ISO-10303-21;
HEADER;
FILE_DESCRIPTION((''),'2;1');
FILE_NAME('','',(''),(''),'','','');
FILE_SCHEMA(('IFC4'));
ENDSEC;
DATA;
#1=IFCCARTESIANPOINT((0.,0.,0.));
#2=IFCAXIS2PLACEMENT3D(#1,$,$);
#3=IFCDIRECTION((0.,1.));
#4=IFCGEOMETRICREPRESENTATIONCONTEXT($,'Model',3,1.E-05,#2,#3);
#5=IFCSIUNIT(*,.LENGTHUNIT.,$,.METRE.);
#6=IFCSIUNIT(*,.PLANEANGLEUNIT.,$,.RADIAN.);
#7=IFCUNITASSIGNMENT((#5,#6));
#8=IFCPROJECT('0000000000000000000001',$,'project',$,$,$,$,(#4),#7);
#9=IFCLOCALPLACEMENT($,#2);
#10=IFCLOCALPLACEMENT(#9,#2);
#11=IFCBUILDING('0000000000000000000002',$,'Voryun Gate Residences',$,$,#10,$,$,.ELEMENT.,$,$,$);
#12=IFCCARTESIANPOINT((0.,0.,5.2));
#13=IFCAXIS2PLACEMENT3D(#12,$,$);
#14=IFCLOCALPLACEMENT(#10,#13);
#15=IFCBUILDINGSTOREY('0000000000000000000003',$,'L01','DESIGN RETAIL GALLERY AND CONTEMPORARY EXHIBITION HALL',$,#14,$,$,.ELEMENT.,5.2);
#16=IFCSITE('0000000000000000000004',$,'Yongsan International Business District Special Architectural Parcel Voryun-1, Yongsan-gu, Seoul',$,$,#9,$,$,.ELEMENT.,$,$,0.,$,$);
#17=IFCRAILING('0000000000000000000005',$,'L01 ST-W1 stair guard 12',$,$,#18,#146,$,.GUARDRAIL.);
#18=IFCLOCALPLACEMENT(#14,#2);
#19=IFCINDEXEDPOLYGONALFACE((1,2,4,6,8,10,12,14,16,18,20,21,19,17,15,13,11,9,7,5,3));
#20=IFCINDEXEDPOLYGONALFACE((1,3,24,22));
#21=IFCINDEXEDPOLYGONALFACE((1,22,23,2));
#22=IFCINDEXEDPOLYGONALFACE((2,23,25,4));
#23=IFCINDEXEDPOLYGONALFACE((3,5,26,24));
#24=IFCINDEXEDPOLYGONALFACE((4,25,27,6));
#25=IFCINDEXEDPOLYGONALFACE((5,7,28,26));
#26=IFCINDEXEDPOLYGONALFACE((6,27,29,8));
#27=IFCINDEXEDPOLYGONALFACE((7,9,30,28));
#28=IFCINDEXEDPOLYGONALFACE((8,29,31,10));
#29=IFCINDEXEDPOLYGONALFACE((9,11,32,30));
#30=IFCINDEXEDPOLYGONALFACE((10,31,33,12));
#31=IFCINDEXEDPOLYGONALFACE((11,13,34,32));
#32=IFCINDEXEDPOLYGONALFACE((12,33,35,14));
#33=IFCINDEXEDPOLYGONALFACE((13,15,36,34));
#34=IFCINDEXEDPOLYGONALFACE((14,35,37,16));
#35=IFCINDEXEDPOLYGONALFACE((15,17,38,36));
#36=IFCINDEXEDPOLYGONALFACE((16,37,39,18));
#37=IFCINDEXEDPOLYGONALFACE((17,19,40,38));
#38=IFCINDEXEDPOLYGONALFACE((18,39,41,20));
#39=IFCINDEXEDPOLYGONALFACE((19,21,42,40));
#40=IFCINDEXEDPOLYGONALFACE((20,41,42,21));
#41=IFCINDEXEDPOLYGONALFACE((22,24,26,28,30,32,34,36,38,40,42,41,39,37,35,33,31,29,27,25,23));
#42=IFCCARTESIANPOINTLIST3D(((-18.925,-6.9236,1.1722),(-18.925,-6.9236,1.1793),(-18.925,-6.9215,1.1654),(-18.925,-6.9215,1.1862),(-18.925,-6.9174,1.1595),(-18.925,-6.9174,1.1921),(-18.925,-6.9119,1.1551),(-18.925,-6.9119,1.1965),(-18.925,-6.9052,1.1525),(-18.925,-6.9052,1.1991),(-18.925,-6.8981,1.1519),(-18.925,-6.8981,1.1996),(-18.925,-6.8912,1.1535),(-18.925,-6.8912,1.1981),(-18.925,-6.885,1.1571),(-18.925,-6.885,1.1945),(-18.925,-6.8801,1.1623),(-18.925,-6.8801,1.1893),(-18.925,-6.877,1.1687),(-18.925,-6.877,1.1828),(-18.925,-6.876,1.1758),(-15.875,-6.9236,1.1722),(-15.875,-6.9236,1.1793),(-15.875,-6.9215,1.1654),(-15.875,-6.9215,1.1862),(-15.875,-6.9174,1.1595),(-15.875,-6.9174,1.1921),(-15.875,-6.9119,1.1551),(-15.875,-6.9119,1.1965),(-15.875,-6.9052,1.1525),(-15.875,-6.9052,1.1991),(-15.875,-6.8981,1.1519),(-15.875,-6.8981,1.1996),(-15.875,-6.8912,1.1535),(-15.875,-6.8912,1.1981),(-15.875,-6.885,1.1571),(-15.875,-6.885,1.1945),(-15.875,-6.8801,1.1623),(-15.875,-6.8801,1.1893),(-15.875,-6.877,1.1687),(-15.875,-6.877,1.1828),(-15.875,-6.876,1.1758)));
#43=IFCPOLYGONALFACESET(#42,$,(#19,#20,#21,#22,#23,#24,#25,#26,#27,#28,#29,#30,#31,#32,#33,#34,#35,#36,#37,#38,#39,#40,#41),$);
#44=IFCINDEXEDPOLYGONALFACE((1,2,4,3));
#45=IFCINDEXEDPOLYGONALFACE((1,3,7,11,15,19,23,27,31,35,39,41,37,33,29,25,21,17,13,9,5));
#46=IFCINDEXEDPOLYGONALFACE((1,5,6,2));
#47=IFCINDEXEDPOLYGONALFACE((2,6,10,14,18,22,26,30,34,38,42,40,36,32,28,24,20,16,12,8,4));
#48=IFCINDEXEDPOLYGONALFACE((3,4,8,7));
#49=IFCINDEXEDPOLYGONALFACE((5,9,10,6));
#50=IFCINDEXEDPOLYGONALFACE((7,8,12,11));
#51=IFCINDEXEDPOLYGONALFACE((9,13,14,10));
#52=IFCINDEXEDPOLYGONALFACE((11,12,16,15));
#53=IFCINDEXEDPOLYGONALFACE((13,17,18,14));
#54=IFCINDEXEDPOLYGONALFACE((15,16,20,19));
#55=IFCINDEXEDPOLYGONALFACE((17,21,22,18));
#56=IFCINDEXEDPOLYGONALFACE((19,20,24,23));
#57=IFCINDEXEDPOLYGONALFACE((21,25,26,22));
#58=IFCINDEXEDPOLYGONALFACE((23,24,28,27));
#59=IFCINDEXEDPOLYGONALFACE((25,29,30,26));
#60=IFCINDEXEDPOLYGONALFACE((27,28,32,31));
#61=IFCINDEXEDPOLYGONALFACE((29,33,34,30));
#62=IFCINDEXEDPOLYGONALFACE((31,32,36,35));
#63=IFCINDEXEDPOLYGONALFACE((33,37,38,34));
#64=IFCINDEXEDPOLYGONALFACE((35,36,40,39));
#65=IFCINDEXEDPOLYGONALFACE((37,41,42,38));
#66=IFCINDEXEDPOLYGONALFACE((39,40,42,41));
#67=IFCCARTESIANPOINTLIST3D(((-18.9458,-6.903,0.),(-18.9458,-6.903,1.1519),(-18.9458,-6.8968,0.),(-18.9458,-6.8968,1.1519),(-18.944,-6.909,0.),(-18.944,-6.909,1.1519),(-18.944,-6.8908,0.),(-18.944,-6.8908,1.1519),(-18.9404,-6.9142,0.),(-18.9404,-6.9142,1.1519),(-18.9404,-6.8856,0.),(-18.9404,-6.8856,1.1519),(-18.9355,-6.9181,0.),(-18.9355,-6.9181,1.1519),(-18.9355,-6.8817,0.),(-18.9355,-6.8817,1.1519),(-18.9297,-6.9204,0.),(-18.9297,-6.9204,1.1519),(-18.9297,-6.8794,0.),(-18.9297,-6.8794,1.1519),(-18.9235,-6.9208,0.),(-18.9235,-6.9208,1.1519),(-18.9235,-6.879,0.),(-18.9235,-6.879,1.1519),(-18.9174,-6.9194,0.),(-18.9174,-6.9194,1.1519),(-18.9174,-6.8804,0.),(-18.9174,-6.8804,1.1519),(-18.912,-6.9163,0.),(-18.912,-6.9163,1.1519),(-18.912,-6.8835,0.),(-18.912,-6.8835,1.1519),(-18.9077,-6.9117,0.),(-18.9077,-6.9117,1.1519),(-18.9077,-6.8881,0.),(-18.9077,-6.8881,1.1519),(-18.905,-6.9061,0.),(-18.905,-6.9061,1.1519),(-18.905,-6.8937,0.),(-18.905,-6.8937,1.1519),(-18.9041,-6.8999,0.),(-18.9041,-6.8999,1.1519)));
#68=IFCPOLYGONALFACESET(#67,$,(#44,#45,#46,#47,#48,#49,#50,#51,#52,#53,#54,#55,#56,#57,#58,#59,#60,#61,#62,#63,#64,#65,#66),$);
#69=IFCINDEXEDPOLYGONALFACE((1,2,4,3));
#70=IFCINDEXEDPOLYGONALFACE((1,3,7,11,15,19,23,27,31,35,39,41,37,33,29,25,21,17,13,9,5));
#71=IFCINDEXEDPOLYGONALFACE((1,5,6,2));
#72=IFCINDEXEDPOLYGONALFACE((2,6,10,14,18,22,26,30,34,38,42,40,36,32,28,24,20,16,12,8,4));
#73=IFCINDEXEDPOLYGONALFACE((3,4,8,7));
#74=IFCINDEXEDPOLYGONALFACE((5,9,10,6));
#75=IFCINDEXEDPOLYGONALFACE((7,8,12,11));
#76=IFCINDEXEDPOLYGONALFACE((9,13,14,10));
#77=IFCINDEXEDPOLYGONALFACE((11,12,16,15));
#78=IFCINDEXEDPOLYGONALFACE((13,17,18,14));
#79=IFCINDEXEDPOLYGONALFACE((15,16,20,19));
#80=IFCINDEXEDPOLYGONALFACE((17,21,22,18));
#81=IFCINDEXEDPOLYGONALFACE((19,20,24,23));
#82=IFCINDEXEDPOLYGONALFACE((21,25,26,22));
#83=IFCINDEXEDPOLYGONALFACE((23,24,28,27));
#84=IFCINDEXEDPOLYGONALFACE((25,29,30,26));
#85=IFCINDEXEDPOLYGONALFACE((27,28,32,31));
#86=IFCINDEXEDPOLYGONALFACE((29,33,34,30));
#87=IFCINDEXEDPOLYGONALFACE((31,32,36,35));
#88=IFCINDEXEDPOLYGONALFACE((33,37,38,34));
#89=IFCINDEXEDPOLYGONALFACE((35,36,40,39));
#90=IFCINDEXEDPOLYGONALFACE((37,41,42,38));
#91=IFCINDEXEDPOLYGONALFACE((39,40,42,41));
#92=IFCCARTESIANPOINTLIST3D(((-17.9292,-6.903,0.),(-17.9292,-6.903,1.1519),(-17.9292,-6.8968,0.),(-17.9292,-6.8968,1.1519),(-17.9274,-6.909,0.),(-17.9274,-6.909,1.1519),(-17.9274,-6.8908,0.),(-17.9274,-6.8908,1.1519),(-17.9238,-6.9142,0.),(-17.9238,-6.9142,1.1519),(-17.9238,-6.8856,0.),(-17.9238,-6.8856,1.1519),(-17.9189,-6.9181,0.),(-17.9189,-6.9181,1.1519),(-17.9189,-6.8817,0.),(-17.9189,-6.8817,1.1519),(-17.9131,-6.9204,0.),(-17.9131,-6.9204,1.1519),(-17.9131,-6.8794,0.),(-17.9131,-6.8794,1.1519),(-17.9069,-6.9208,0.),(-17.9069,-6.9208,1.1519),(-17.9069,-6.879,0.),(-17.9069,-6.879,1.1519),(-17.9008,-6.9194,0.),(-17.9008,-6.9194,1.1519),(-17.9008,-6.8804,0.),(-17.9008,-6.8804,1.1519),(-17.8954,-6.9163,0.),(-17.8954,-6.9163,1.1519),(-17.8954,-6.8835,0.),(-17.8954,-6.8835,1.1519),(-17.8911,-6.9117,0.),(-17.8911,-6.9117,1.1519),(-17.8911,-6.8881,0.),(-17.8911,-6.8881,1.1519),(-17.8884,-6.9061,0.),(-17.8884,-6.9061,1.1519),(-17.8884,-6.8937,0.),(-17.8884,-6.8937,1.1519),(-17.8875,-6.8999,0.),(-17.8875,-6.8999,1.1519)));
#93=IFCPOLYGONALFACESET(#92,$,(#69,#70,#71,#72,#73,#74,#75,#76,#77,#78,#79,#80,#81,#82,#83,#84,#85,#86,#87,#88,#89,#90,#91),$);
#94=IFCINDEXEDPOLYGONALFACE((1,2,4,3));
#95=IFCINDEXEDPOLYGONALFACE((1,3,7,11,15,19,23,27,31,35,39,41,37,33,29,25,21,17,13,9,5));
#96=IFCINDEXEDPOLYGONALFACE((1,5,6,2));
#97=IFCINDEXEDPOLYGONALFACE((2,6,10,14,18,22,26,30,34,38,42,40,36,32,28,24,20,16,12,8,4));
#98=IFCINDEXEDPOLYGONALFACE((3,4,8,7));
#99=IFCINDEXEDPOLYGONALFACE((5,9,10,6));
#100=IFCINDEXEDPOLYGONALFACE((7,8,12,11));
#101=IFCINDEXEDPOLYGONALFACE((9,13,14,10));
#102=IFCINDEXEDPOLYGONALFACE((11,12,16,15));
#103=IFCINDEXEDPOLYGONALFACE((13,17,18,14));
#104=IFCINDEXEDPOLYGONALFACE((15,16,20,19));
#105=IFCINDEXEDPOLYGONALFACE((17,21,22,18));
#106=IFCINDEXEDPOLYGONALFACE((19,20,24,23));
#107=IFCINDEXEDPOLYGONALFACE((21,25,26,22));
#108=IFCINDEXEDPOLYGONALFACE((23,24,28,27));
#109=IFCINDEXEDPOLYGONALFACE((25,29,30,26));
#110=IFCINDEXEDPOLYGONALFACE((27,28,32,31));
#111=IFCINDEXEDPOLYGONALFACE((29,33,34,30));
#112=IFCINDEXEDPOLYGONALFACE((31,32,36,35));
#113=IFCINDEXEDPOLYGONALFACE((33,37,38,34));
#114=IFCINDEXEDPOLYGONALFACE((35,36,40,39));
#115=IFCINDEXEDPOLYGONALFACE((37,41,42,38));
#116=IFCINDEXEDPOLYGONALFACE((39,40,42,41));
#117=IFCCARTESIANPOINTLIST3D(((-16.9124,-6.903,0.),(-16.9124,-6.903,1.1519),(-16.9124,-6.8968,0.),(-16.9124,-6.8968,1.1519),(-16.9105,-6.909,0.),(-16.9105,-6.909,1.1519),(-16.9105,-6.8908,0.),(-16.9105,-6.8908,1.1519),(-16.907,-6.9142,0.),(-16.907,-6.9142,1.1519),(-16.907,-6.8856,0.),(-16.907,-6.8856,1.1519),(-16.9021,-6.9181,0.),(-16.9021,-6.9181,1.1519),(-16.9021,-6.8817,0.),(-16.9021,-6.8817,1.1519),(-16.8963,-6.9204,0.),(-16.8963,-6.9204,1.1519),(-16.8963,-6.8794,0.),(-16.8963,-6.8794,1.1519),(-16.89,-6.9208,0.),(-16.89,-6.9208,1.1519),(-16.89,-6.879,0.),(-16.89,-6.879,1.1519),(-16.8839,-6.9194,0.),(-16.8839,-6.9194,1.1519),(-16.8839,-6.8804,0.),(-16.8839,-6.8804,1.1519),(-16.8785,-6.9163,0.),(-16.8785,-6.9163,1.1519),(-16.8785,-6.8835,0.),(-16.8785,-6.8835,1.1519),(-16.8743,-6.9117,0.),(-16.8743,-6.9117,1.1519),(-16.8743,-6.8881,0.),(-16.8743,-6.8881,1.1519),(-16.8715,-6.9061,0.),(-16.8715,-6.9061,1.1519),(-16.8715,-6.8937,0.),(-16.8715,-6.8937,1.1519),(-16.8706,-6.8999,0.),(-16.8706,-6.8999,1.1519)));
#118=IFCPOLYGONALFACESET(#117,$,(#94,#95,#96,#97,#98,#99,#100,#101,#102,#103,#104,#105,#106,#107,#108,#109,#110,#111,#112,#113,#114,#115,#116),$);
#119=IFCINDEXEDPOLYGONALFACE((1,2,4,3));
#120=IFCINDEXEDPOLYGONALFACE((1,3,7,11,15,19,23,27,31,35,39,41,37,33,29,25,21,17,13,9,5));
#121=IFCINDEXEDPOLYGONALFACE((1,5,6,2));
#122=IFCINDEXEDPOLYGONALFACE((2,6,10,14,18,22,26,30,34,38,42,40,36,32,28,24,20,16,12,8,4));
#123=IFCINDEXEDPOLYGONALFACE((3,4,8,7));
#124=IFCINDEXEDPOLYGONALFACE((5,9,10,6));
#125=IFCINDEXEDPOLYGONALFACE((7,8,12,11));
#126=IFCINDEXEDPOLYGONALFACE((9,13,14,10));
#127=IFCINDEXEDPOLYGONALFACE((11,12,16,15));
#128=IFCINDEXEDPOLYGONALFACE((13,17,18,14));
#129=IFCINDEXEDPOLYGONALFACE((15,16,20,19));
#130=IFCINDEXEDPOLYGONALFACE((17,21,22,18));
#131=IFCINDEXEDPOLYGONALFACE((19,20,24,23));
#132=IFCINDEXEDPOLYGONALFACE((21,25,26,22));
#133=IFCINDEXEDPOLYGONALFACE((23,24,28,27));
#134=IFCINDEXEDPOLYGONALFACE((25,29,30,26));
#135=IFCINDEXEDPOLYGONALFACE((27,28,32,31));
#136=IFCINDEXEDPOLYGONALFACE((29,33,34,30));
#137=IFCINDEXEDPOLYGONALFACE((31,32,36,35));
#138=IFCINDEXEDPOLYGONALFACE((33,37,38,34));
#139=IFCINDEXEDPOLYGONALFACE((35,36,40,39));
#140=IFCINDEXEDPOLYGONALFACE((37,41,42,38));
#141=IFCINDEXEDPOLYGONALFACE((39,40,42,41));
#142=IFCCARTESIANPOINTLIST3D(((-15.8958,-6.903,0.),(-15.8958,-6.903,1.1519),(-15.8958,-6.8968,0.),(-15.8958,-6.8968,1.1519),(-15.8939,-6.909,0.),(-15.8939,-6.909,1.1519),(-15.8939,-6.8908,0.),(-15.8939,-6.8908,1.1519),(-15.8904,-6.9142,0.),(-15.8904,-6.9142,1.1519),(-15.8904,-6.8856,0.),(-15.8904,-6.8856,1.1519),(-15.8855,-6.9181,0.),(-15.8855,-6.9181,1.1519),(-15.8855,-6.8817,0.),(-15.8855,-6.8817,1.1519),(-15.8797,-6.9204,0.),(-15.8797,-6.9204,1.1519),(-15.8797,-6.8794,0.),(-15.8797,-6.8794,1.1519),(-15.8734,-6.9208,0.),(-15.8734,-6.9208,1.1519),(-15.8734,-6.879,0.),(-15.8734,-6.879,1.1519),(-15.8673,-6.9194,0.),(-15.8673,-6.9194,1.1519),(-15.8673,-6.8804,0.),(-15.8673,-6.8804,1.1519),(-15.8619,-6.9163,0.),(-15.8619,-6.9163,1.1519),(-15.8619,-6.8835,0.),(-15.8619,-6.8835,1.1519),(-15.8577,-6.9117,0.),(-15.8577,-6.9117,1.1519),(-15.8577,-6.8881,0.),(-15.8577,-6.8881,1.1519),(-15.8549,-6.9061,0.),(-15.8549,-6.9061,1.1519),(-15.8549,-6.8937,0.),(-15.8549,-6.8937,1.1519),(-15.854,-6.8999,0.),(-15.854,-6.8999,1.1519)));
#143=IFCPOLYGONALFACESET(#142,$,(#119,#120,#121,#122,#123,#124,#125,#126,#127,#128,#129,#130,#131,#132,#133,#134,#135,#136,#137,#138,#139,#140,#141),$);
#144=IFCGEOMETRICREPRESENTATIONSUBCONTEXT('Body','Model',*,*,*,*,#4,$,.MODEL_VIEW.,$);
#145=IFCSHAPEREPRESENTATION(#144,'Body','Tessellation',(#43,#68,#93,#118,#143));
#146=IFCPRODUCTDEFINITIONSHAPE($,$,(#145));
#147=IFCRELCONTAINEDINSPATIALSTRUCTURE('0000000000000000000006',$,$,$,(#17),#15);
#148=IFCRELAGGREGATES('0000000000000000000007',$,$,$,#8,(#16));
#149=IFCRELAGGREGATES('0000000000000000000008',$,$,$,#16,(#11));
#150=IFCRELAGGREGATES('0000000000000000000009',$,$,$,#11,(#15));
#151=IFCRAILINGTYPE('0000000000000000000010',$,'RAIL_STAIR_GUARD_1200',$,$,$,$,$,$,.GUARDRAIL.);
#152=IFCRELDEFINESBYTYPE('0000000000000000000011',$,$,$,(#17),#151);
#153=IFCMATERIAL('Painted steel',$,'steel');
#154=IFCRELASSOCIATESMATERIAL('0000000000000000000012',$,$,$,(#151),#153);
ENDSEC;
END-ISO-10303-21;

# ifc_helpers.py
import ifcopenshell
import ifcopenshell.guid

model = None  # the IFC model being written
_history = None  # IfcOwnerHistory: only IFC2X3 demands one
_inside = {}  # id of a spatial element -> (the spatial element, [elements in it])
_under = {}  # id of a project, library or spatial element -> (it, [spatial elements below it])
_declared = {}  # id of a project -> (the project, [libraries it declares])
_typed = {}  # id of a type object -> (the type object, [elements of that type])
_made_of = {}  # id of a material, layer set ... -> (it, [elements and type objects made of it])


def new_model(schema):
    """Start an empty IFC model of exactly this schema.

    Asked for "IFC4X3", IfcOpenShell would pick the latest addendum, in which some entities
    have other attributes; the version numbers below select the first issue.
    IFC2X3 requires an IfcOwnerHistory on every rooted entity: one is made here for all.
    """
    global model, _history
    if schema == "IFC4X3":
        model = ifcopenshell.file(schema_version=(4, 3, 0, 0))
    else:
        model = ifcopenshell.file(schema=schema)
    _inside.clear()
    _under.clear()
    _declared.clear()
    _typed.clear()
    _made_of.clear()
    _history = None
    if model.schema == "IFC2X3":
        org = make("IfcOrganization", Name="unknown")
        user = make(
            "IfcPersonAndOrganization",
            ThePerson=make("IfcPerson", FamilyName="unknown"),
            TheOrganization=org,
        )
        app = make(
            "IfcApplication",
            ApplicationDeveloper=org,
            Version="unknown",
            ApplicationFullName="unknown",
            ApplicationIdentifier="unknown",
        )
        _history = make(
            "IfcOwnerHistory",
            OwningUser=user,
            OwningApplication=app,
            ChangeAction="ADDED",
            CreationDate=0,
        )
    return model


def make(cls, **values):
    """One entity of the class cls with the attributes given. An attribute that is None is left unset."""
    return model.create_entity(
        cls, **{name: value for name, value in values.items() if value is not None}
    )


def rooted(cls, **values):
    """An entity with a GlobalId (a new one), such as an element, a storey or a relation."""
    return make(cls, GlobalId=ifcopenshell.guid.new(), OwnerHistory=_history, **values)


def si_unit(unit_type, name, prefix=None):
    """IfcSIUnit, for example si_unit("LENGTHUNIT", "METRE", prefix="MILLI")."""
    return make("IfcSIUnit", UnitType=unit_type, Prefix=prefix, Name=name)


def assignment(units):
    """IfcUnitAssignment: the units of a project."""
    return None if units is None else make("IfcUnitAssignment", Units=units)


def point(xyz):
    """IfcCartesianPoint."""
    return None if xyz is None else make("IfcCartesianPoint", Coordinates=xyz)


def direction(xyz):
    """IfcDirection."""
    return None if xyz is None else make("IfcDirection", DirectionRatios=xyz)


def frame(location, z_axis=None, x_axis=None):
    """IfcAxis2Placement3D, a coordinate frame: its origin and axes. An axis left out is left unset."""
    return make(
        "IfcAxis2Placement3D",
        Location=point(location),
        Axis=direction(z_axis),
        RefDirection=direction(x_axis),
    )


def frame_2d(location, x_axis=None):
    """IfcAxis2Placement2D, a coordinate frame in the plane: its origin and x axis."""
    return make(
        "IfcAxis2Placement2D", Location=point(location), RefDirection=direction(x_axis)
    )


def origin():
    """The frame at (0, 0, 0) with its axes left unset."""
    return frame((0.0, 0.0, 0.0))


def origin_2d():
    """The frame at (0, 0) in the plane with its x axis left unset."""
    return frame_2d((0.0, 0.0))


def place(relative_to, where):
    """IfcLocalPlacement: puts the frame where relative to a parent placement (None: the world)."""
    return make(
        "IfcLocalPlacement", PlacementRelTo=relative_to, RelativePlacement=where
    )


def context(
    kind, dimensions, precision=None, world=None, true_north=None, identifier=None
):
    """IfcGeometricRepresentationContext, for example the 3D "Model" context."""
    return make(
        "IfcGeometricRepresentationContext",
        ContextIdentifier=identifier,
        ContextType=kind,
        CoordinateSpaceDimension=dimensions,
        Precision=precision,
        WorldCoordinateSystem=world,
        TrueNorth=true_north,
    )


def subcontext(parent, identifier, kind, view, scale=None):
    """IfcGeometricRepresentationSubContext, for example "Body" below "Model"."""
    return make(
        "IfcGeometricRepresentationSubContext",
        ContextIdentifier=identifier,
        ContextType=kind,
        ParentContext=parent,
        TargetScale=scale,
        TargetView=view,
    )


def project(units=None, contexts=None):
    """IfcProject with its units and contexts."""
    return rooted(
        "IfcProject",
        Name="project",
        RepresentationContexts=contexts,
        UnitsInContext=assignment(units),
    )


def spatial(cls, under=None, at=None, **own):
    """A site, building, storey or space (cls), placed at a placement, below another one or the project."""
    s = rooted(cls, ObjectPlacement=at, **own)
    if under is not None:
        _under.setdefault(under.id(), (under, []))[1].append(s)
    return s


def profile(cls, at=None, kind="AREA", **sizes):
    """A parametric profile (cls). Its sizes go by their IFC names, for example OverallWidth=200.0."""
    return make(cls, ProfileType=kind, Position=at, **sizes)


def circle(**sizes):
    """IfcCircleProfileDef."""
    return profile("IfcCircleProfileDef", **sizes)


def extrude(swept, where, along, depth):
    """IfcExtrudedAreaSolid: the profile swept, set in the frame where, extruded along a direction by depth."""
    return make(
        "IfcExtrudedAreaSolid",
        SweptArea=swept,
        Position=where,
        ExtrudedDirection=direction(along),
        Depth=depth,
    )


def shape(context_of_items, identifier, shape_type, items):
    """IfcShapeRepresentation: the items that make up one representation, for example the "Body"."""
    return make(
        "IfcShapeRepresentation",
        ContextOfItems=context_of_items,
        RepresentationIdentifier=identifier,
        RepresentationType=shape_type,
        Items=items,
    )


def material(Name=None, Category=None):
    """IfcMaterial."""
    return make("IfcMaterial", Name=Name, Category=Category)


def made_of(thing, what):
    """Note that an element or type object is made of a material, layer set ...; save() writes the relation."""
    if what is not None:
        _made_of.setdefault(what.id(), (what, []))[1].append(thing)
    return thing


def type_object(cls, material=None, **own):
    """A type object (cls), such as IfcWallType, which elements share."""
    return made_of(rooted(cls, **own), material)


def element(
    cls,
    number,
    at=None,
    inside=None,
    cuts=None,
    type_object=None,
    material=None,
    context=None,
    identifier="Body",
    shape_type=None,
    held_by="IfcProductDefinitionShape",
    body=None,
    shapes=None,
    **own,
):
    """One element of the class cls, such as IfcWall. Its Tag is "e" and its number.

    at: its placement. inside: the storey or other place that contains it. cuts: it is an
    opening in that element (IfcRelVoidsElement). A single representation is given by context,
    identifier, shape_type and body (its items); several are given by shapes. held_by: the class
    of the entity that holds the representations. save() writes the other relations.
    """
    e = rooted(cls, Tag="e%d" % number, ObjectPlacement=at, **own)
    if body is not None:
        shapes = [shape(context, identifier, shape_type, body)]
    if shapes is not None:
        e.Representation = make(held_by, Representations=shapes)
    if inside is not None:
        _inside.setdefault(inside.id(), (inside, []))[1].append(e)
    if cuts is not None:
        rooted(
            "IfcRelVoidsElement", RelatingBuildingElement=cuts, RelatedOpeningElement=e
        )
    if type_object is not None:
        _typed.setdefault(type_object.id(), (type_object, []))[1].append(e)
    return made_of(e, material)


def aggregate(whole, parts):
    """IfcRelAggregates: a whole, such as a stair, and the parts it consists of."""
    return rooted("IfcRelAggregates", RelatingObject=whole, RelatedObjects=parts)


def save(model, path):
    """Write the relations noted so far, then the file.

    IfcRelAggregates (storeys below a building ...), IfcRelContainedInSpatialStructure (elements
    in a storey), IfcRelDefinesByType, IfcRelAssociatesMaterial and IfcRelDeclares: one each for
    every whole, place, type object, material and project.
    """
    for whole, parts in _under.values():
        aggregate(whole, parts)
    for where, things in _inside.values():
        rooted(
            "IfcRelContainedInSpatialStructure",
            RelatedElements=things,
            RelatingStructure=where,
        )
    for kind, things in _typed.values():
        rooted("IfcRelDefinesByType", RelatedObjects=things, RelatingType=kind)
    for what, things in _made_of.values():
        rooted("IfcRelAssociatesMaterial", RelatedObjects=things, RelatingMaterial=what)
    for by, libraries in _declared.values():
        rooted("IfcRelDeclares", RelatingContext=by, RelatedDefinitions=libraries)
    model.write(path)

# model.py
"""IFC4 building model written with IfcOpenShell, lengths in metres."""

from ifc_helpers import new_model, si_unit, direction, frame, origin, origin_2d, place, context, subcontext, project, spatial, circle, extrude, material, type_object, element, save


model = new_model("IFC4")

# Units and contexts
model_context = context("Model", 3, precision=1e-05, world=origin(), true_north=direction((0.0, 1.0)))
body_context = subcontext(model_context, "Body", "Model", "MODEL_VIEW")
ifc_project = project(units=[si_unit("LENGTHUNIT", "METRE"), si_unit("PLANEANGLEUNIT", "RADIAN")], contexts=[model_context])

# Site, building, storey
site_placement = place(None, origin())
site = spatial("IfcSite", under=ifc_project, at=site_placement, Name="Yongsan International Business District Special Architectural Parcel Voryun-1, Yongsan-gu, Seoul", CompositionType="ELEMENT", RefElevation=0.0)
building_placement = place(site_placement, origin())
building = spatial("IfcBuilding", under=site, at=building_placement, Name="Voryun Gate Residences", CompositionType="ELEMENT")
storey_placement = place(building_placement, frame((0.0, 0.0, 5.2)))
storey = spatial("IfcBuildingStorey", under=building, at=storey_placement, Name="L01", Description="DESIGN RETAIL GALLERY AND CONTEMPORARY EXHIBITION HALL", CompositionType="ELEMENT", Elevation=5.2)

# Railing
ifc_material_1 = material(Name="Painted steel", Category="steel")
railing_type_1 = type_object("IfcRailingType", Name="RAIL_STAIR_GUARD_1200", PredefinedType="GUARDRAIL", material=ifc_material_1)
railing_1_placement = place(storey_placement, frame((-18.925, -6.8999, 0.0)))
element("IfcRailing", 1, at=railing_1_placement, inside=storey, type_object=railing_type_1, Name="L01 ST-W1 stair guard 12", PredefinedType="GUARDRAIL", context=body_context, shape_type="SweptSolid", body=[
    extrude(circle(Radius=0.0239, at=origin_2d()), frame((0.0, 0.0, 1.1758), z_axis=(1.0, 0.0, 0.0), x_axis=(0.0, 1.0, 0.0)), (0.0, 0.0, 1.0), 3.05),
    extrude(circle(Radius=0.021, at=origin_2d()), origin(), (0.0, 0.0, 1.0), 1.1519),
    extrude(circle(Radius=0.021, at=origin_2d()), frame((1.0166, 0.0, 0.0)), (0.0, 0.0, 1.0), 1.1519),
    extrude(circle(Radius=0.021, at=origin_2d()), frame((2.0334, 0.0, 0.0)), (0.0, 0.0, 1.0), 1.1519),
    extrude(circle(Radius=0.021, at=origin_2d()), frame((3.05, 0.0, 0.0)), (0.0, 0.0, 1.0), 1.1519),
])

save(model, "model.ifc")
